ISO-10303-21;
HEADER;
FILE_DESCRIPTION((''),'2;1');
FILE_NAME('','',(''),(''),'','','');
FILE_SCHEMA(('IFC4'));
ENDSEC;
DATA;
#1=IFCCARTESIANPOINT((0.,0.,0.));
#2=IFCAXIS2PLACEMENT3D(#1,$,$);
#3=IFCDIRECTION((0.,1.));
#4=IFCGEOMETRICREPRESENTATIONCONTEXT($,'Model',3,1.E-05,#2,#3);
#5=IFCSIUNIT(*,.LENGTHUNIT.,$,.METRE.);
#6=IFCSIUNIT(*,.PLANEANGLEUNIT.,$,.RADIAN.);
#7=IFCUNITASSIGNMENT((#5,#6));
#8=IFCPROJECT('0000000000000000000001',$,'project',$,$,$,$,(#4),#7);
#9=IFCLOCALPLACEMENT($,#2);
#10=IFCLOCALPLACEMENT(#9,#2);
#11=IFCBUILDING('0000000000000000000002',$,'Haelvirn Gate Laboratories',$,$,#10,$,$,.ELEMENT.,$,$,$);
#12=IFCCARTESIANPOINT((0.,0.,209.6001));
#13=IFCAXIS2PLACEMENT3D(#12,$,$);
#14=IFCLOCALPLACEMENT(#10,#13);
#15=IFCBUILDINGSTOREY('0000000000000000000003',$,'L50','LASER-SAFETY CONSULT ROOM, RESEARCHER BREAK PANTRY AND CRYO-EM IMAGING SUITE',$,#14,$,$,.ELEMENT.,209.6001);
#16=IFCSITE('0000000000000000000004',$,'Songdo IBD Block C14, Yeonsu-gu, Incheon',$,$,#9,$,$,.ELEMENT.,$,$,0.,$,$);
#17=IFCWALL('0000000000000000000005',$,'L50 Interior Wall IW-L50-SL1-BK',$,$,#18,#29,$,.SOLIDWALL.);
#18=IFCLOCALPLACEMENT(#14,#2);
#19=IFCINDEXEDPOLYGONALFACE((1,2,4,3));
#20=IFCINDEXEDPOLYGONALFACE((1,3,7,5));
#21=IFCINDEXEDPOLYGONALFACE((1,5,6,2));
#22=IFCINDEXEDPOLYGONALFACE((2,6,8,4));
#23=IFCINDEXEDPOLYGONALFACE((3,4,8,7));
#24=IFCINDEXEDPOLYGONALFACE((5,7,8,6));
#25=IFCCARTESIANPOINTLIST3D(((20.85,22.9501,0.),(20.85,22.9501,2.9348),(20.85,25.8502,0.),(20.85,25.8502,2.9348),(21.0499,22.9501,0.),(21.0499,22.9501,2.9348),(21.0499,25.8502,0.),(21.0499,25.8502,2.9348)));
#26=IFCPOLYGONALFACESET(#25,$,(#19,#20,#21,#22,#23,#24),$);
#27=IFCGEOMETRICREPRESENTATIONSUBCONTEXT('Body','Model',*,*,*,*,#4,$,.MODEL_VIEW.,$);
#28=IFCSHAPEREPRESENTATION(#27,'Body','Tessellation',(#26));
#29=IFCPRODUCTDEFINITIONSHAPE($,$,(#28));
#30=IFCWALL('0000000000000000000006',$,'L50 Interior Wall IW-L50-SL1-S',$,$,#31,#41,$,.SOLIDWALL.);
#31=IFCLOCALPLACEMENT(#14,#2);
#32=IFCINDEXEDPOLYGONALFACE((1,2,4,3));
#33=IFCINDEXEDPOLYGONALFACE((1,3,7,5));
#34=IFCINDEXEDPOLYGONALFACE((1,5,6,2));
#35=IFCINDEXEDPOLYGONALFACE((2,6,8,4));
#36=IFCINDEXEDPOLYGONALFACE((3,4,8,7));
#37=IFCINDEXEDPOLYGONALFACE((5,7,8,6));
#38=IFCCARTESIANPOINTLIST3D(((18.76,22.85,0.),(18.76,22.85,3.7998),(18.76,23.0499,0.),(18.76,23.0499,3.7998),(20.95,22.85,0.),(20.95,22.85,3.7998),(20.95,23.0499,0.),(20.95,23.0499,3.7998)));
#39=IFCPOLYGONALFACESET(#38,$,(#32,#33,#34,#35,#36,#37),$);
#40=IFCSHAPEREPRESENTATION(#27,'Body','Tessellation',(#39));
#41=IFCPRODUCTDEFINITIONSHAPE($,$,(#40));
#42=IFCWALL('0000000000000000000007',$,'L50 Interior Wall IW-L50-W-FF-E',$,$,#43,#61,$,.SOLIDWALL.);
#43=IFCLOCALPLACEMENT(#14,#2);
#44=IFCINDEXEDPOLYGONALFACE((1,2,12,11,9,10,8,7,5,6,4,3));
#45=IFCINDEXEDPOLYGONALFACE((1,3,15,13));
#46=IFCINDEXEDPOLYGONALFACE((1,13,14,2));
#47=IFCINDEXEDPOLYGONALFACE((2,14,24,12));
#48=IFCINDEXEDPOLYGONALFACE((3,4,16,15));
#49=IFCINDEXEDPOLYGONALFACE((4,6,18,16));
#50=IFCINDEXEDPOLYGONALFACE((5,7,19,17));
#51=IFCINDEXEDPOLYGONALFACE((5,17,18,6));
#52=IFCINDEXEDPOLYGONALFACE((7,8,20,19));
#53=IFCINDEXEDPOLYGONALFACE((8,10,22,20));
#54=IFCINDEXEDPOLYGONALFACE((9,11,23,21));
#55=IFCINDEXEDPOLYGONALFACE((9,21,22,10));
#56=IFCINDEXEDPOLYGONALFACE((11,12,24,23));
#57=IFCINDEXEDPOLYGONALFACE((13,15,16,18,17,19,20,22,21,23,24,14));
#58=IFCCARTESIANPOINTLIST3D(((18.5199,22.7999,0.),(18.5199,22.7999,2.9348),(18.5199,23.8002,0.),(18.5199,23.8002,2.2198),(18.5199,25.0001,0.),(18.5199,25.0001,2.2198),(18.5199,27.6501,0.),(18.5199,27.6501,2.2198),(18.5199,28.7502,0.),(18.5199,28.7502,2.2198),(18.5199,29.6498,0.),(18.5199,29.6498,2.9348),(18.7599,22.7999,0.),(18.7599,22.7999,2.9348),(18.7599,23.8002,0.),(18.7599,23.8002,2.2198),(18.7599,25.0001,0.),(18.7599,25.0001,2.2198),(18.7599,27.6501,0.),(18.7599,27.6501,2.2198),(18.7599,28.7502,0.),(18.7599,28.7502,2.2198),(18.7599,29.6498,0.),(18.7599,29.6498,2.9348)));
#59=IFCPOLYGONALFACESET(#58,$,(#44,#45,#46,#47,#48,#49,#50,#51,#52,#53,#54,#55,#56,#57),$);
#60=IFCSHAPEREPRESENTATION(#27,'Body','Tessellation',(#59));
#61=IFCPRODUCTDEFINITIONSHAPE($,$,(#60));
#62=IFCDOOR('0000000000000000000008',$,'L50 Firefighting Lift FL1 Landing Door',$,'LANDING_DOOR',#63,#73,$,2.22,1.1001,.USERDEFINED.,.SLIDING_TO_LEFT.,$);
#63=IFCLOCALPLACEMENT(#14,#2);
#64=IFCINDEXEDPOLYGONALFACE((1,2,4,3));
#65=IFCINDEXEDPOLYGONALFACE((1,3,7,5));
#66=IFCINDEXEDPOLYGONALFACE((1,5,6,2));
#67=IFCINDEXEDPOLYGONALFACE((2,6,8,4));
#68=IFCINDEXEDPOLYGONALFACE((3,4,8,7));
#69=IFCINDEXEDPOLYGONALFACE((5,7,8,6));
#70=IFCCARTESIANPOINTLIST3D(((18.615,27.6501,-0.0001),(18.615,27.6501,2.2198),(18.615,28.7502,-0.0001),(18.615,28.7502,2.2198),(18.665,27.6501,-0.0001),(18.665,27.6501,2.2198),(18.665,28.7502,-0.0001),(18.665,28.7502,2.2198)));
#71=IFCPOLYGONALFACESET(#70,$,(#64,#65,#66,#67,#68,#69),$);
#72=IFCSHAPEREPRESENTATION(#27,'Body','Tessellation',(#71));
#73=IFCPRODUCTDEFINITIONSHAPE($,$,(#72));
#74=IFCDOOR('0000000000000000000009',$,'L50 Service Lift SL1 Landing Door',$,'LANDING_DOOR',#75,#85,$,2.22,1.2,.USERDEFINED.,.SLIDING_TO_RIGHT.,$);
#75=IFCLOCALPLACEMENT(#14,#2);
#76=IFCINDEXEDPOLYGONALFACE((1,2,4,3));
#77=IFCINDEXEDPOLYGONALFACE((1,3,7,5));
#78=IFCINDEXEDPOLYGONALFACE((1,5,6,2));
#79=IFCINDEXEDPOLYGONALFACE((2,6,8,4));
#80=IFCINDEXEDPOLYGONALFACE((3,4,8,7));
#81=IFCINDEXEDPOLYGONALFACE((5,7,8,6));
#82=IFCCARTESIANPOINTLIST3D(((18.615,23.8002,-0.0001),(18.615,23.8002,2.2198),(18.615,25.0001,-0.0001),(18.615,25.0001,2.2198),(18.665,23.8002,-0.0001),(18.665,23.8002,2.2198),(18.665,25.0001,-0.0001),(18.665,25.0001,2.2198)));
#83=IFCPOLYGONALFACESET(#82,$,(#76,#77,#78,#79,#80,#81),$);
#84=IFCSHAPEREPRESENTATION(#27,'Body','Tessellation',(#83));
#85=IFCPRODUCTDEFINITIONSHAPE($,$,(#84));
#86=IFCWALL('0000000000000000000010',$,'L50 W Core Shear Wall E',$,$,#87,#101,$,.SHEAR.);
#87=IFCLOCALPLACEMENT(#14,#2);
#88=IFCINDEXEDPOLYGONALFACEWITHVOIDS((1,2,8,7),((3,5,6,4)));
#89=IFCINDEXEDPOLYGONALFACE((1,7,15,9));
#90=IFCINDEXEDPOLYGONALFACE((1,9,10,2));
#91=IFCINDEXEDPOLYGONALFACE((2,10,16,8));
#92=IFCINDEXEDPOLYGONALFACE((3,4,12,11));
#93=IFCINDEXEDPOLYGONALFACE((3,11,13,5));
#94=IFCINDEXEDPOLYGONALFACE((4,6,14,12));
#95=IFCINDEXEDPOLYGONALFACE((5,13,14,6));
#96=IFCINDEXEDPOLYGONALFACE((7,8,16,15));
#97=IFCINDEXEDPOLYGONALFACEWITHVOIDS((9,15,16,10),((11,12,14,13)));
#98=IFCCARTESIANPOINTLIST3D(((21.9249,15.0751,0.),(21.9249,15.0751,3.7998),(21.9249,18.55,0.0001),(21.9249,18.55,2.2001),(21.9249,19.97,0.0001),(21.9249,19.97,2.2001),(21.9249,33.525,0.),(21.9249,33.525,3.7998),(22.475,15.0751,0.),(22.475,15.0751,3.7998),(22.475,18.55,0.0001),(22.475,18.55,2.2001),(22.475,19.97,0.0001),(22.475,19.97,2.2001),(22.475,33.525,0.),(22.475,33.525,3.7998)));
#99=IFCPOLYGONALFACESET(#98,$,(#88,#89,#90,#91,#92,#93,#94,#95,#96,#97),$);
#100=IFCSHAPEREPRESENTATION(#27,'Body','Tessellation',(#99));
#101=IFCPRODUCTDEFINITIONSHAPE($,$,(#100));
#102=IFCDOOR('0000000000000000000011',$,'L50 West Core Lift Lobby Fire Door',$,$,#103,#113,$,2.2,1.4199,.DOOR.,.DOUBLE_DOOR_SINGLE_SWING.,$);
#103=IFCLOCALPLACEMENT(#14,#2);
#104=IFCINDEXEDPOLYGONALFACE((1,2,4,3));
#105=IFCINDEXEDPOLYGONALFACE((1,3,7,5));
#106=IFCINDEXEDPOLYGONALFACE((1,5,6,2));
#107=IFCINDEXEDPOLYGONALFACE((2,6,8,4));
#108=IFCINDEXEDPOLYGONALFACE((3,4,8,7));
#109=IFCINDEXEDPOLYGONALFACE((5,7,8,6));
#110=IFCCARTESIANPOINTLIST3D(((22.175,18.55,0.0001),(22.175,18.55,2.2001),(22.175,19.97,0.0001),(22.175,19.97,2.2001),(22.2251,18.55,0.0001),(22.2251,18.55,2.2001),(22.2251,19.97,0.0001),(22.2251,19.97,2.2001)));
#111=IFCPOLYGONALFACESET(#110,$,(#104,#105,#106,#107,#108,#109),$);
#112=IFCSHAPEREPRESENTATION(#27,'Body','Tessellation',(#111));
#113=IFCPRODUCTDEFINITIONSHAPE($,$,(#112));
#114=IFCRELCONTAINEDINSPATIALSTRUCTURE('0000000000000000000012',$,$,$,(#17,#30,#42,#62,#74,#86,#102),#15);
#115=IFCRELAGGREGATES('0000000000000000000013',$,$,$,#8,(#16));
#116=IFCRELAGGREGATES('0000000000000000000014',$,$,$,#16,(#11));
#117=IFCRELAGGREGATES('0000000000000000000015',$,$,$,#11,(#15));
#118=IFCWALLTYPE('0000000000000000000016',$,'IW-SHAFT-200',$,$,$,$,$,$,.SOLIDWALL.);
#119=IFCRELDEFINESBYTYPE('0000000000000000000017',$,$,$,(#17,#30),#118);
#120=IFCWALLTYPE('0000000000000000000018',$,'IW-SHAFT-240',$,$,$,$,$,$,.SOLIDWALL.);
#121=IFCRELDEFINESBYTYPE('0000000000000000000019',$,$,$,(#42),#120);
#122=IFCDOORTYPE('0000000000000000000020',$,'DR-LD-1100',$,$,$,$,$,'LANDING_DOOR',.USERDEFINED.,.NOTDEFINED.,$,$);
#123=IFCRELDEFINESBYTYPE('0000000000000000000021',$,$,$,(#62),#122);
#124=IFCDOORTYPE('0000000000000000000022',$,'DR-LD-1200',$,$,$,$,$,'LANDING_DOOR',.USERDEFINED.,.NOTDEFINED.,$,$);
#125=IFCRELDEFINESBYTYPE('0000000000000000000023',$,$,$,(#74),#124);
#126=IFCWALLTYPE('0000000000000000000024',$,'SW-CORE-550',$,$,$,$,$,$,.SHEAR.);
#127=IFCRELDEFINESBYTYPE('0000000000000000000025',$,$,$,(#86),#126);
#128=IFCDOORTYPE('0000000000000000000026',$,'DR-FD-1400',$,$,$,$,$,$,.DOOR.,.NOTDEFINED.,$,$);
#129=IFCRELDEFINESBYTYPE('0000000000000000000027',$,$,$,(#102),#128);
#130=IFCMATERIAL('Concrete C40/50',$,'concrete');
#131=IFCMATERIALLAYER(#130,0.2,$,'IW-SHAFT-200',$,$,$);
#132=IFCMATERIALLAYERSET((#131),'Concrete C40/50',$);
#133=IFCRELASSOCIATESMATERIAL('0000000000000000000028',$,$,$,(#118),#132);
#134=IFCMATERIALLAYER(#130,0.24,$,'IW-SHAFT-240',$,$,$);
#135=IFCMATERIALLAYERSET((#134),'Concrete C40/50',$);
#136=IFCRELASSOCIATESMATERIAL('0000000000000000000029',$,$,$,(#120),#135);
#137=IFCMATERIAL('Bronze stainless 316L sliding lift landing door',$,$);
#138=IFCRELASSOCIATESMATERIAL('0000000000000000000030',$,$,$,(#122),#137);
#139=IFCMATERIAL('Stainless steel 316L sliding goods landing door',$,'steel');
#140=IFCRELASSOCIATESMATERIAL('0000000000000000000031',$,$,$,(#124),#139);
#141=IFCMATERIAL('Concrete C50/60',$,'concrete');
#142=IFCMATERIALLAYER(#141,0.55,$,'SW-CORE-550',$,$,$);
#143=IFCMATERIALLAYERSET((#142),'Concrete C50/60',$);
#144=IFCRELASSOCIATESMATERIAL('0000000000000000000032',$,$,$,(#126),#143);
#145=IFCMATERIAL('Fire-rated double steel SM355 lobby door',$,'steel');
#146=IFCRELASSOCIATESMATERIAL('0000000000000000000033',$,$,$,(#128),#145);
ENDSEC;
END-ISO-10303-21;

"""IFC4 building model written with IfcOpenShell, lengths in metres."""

from ifc_helpers import new_model, si_unit, direction, frame, frame_2d, origin, place, context, subcontext, project, spatial, rectangle, extrude, source, transform, mapped, material, layer, layer_set, type_object, type_shapes, element, fill, save


model = new_model("IFC4")

# Units and contexts
model_context = context("Model", 3, precision=1e-05, world=origin(), true_north=direction((0.0, 1.0)))
body_context = subcontext(model_context, "Body", "Model", "MODEL_VIEW")
ifc_project = project(units=[si_unit("LENGTHUNIT", "METRE"), si_unit("PLANEANGLEUNIT", "RADIAN")], contexts=[model_context])

# Site, building, storey
site_placement = place(None, origin())
site = spatial("IfcSite", under=ifc_project, at=site_placement, Name="Songdo IBD Block C14, Yeonsu-gu, Incheon", CompositionType="ELEMENT", RefElevation=0.0)
building_placement = place(site_placement, origin())
building = spatial("IfcBuilding", under=site, at=building_placement, Name="Haelvirn Gate Laboratories", CompositionType="ELEMENT")
storey_placement = place(building_placement, frame((0.0, 0.0, 209.6001)))
storey = spatial("IfcBuildingStorey", under=building, at=storey_placement, Name="L50", Description="LASER-SAFETY CONSULT ROOM, RESEARCHER BREAK PANTRY AND CRYO-EM IMAGING SUITE", CompositionType="ELEMENT", Elevation=209.6001)

# Shared definitions
ifc_material_1 = material(Name="Concrete C40/50", Category="concrete")

# Walls
ifc_layer_1 = layer(ifc_material_1, 0.2, Name="IW-SHAFT-200")
ifc_layer_set_1 = layer_set([ifc_layer_1], Name="Concrete C40/50")
wall_type_1 = type_object("IfcWallType", Name="IW-SHAFT-200", PredefinedType="SOLIDWALL", material=ifc_layer_set_1)
wall_1_placement = place(storey_placement, frame((20.95, 22.95, 0.0), z_axis=(0.0, 0.0, 1.0), x_axis=(0.0, 1.0, 0.0)))
element("IfcWall", 1, at=wall_1_placement, inside=storey, type_object=wall_type_1, Name="L50 Interior Wall IW-L50-SL1-BK", PredefinedType="SOLIDWALL", context=body_context, shape_type="SweptSolid", body=[
    extrude(rectangle(XDim=2.9001, YDim=0.2, at=frame_2d((1.4502, 0.0))), origin(), (0.0, 0.0, 1.0), 2.9348),
])
wall_2_placement = place(storey_placement, frame((18.76, 22.95, 0.0), z_axis=(0.0, 0.0, 1.0), x_axis=(1.0, 0.0, 0.0)))
element("IfcWall", 2, at=wall_2_placement, inside=storey, type_object=wall_type_1, Name="L50 Interior Wall IW-L50-SL1-S", PredefinedType="SOLIDWALL", context=body_context, shape_type="SweptSolid", body=[
    extrude(rectangle(XDim=2.1899, YDim=0.2, at=frame_2d((1.095, 0.0))), origin(), (0.0, 0.0, 1.0), 3.7998),
])

# Wall, openings, doors
ifc_layer_2 = layer(ifc_material_1, 0.24, Name="IW-SHAFT-240")
ifc_layer_set_2 = layer_set([ifc_layer_2], Name="Concrete C40/50")
wall_type_2 = type_object("IfcWallType", Name="IW-SHAFT-240", PredefinedType="SOLIDWALL", material=ifc_layer_set_2)
wall_3_placement = place(storey_placement, frame((18.6399, 22.8, 0.0), z_axis=(0.0, 0.0, 1.0), x_axis=(0.0, 1.0, 0.0)))
wall_3 = element("IfcWall", 3, at=wall_3_placement, inside=storey, type_object=wall_type_2, Name="L50 Interior Wall IW-L50-W-FF-E", PredefinedType="SOLIDWALL", context=body_context, shape_type="SweptSolid", body=[
    extrude(rectangle(XDim=6.8499, YDim=0.24, at=frame_2d((3.4248, 0.0))), origin(), (0.0, 0.0, 1.0), 2.9348),
])
opening_1_placement = place(wall_3_placement, frame((4.8501, 0.0, 0.0)))
opening_1 = element("IfcOpeningElement", 4, at=opening_1_placement, cuts=wall_3, PredefinedType="OPENING", context=body_context, shape_type="SweptSolid", body=[
    extrude(rectangle(XDim=1.1001, YDim=2.22, at=frame_2d((0.55, 1.1099))), frame((0.0, 0.1299, 0.0), z_axis=(0.0, -1.0, 0.0), x_axis=(1.0, 0.0, 0.0)), (0.0, 0.0, 1.0), 0.26),
])
opening_2_placement = place(wall_3_placement, frame((1.0, 0.0, 0.0)))
opening_2 = element("IfcOpeningElement", 5, at=opening_2_placement, cuts=wall_3, PredefinedType="OPENING", context=body_context, shape_type="SweptSolid", body=[
    extrude(rectangle(XDim=1.2, YDim=2.22, at=frame_2d((0.6001, 1.1099))), frame((0.0, 0.1299, 0.0), z_axis=(0.0, -1.0, 0.0), x_axis=(1.0, 0.0, 0.0)), (0.0, 0.0, 1.0), 0.26),
])
ifc_material_2 = material(Name="Bronze stainless 316L sliding lift landing door")
door_type_1 = type_object("IfcDoorType", Name="DR-LD-1100", ElementType="LANDING_DOOR", OperationType="NOTDEFINED", PredefinedType="USERDEFINED", material=ifc_material_2)
shared_shape_1 = source(origin(), body_context, "Body", "SweptSolid", [
    extrude(rectangle(XDim=1.1001, YDim=2.22, at=frame_2d((0.55, 1.1099))), frame((0.0, 0.0249, 0.0), z_axis=(0.0, -1.0, 0.0), x_axis=(1.0, 0.0, 0.0)), (0.0, 0.0, 1.0), 0.05),
])
type_shapes(door_type_1, [shared_shape_1])
door_1_placement = place(opening_1_placement, origin())
door_1 = element("IfcDoor", 6, at=door_1_placement, inside=storey, type_object=door_type_1, Name="L50 Firefighting Lift FL1 Landing Door", ObjectType="LANDING_DOOR", OperationType="SLIDING_TO_LEFT", OverallHeight=2.22, OverallWidth=1.1001, PredefinedType="USERDEFINED", context=body_context, shape_type="MappedRepresentation", body=[
    mapped(shared_shape_1, transform((0.0, 0.0, 0.0), scale=1.0)),
])
fill(opening_1, door_1)
ifc_material_3 = material(Name="Stainless steel 316L sliding goods landing door", Category="steel")
door_type_2 = type_object("IfcDoorType", Name="DR-LD-1200", ElementType="LANDING_DOOR", OperationType="NOTDEFINED", PredefinedType="USERDEFINED", material=ifc_material_3)
shared_shape_2 = source(origin(), body_context, "Body", "SweptSolid", [
    extrude(rectangle(XDim=1.2, YDim=2.22, at=frame_2d((0.6001, 1.1099))), frame((0.0, 0.0249, 0.0), z_axis=(0.0, -1.0, 0.0), x_axis=(1.0, 0.0, 0.0)), (0.0, 0.0, 1.0), 0.05),
])
type_shapes(door_type_2, [shared_shape_2])
door_2_placement = place(opening_2_placement, origin())
door_2 = element("IfcDoor", 7, at=door_2_placement, inside=storey, type_object=door_type_2, Name="L50 Service Lift SL1 Landing Door", ObjectType="LANDING_DOOR", OperationType="SLIDING_TO_RIGHT", OverallHeight=2.22, OverallWidth=1.2, PredefinedType="USERDEFINED", context=body_context, shape_type="MappedRepresentation", body=[
    mapped(shared_shape_2, transform((0.0, 0.0, 0.0), scale=1.0)),
])
fill(opening_2, door_2)

# Wall, opening, door
ifc_material_4 = material(Name="Concrete C50/60", Category="concrete")
ifc_layer_3 = layer(ifc_material_4, 0.55, Name="SW-CORE-550")
ifc_layer_set_3 = layer_set([ifc_layer_3], Name="Concrete C50/60")
wall_type_3 = type_object("IfcWallType", Name="SW-CORE-550", PredefinedType="SHEAR", material=ifc_layer_set_3)
wall_4_placement = place(storey_placement, frame((22.2, 15.075, 0.0), z_axis=(0.0, 0.0, 1.0), x_axis=(0.0, 1.0, 0.0)))
wall_4 = element("IfcWall", 8, at=wall_4_placement, inside=storey, type_object=wall_type_3, Name="L50 W Core Shear Wall E", PredefinedType="SHEAR", context=body_context, shape_type="SweptSolid", body=[
    extrude(rectangle(XDim=18.45, YDim=0.55, at=frame_2d((9.2251, 0.0))), origin(), (0.0, 0.0, 1.0), 3.7998),
])
opening_3_placement = place(wall_4_placement, frame((3.4751, 0.0, 0.0)))
opening_3 = element("IfcOpeningElement", 9, at=opening_3_placement, cuts=wall_4, PredefinedType="OPENING", context=body_context, shape_type="SweptSolid", body=[
    extrude(rectangle(XDim=1.4199, YDim=2.2, at=frame_2d((0.71, 1.1001))), frame((0.0, 0.2852, 0.0), z_axis=(0.0, -1.0, 0.0), x_axis=(1.0, 0.0, 0.0)), (0.0, 0.0, 1.0), 0.5701),
])
ifc_material_5 = material(Name="Fire-rated double steel SM355 lobby door", Category="steel")
door_type_3 = type_object("IfcDoorType", Name="DR-FD-1400", OperationType="NOTDEFINED", PredefinedType="DOOR", material=ifc_material_5)
shared_shape_3 = source(origin(), body_context, "Body", "SweptSolid", [
    extrude(rectangle(XDim=1.4199, YDim=2.2, at=frame_2d((0.71, 1.1001))), frame((0.0, 0.0249, 0.0), z_axis=(0.0, -1.0, 0.0), x_axis=(1.0, 0.0, 0.0)), (0.0, 0.0, 1.0), 0.05),
])
type_shapes(door_type_3, [shared_shape_3])
door_3_placement = place(opening_3_placement, origin())
door_3 = element("IfcDoor", 10, at=door_3_placement, inside=storey, type_object=door_type_3, Name="L50 West Core Lift Lobby Fire Door", OperationType="DOUBLE_DOOR_SINGLE_SWING", OverallHeight=2.2, OverallWidth=1.4199, PredefinedType="DOOR", context=body_context, shape_type="MappedRepresentation", body=[
    mapped(shared_shape_3, transform((0.0, 0.0, 0.0), scale=1.0)),
])
fill(opening_3, door_3)

save(model, "model.ifc")
